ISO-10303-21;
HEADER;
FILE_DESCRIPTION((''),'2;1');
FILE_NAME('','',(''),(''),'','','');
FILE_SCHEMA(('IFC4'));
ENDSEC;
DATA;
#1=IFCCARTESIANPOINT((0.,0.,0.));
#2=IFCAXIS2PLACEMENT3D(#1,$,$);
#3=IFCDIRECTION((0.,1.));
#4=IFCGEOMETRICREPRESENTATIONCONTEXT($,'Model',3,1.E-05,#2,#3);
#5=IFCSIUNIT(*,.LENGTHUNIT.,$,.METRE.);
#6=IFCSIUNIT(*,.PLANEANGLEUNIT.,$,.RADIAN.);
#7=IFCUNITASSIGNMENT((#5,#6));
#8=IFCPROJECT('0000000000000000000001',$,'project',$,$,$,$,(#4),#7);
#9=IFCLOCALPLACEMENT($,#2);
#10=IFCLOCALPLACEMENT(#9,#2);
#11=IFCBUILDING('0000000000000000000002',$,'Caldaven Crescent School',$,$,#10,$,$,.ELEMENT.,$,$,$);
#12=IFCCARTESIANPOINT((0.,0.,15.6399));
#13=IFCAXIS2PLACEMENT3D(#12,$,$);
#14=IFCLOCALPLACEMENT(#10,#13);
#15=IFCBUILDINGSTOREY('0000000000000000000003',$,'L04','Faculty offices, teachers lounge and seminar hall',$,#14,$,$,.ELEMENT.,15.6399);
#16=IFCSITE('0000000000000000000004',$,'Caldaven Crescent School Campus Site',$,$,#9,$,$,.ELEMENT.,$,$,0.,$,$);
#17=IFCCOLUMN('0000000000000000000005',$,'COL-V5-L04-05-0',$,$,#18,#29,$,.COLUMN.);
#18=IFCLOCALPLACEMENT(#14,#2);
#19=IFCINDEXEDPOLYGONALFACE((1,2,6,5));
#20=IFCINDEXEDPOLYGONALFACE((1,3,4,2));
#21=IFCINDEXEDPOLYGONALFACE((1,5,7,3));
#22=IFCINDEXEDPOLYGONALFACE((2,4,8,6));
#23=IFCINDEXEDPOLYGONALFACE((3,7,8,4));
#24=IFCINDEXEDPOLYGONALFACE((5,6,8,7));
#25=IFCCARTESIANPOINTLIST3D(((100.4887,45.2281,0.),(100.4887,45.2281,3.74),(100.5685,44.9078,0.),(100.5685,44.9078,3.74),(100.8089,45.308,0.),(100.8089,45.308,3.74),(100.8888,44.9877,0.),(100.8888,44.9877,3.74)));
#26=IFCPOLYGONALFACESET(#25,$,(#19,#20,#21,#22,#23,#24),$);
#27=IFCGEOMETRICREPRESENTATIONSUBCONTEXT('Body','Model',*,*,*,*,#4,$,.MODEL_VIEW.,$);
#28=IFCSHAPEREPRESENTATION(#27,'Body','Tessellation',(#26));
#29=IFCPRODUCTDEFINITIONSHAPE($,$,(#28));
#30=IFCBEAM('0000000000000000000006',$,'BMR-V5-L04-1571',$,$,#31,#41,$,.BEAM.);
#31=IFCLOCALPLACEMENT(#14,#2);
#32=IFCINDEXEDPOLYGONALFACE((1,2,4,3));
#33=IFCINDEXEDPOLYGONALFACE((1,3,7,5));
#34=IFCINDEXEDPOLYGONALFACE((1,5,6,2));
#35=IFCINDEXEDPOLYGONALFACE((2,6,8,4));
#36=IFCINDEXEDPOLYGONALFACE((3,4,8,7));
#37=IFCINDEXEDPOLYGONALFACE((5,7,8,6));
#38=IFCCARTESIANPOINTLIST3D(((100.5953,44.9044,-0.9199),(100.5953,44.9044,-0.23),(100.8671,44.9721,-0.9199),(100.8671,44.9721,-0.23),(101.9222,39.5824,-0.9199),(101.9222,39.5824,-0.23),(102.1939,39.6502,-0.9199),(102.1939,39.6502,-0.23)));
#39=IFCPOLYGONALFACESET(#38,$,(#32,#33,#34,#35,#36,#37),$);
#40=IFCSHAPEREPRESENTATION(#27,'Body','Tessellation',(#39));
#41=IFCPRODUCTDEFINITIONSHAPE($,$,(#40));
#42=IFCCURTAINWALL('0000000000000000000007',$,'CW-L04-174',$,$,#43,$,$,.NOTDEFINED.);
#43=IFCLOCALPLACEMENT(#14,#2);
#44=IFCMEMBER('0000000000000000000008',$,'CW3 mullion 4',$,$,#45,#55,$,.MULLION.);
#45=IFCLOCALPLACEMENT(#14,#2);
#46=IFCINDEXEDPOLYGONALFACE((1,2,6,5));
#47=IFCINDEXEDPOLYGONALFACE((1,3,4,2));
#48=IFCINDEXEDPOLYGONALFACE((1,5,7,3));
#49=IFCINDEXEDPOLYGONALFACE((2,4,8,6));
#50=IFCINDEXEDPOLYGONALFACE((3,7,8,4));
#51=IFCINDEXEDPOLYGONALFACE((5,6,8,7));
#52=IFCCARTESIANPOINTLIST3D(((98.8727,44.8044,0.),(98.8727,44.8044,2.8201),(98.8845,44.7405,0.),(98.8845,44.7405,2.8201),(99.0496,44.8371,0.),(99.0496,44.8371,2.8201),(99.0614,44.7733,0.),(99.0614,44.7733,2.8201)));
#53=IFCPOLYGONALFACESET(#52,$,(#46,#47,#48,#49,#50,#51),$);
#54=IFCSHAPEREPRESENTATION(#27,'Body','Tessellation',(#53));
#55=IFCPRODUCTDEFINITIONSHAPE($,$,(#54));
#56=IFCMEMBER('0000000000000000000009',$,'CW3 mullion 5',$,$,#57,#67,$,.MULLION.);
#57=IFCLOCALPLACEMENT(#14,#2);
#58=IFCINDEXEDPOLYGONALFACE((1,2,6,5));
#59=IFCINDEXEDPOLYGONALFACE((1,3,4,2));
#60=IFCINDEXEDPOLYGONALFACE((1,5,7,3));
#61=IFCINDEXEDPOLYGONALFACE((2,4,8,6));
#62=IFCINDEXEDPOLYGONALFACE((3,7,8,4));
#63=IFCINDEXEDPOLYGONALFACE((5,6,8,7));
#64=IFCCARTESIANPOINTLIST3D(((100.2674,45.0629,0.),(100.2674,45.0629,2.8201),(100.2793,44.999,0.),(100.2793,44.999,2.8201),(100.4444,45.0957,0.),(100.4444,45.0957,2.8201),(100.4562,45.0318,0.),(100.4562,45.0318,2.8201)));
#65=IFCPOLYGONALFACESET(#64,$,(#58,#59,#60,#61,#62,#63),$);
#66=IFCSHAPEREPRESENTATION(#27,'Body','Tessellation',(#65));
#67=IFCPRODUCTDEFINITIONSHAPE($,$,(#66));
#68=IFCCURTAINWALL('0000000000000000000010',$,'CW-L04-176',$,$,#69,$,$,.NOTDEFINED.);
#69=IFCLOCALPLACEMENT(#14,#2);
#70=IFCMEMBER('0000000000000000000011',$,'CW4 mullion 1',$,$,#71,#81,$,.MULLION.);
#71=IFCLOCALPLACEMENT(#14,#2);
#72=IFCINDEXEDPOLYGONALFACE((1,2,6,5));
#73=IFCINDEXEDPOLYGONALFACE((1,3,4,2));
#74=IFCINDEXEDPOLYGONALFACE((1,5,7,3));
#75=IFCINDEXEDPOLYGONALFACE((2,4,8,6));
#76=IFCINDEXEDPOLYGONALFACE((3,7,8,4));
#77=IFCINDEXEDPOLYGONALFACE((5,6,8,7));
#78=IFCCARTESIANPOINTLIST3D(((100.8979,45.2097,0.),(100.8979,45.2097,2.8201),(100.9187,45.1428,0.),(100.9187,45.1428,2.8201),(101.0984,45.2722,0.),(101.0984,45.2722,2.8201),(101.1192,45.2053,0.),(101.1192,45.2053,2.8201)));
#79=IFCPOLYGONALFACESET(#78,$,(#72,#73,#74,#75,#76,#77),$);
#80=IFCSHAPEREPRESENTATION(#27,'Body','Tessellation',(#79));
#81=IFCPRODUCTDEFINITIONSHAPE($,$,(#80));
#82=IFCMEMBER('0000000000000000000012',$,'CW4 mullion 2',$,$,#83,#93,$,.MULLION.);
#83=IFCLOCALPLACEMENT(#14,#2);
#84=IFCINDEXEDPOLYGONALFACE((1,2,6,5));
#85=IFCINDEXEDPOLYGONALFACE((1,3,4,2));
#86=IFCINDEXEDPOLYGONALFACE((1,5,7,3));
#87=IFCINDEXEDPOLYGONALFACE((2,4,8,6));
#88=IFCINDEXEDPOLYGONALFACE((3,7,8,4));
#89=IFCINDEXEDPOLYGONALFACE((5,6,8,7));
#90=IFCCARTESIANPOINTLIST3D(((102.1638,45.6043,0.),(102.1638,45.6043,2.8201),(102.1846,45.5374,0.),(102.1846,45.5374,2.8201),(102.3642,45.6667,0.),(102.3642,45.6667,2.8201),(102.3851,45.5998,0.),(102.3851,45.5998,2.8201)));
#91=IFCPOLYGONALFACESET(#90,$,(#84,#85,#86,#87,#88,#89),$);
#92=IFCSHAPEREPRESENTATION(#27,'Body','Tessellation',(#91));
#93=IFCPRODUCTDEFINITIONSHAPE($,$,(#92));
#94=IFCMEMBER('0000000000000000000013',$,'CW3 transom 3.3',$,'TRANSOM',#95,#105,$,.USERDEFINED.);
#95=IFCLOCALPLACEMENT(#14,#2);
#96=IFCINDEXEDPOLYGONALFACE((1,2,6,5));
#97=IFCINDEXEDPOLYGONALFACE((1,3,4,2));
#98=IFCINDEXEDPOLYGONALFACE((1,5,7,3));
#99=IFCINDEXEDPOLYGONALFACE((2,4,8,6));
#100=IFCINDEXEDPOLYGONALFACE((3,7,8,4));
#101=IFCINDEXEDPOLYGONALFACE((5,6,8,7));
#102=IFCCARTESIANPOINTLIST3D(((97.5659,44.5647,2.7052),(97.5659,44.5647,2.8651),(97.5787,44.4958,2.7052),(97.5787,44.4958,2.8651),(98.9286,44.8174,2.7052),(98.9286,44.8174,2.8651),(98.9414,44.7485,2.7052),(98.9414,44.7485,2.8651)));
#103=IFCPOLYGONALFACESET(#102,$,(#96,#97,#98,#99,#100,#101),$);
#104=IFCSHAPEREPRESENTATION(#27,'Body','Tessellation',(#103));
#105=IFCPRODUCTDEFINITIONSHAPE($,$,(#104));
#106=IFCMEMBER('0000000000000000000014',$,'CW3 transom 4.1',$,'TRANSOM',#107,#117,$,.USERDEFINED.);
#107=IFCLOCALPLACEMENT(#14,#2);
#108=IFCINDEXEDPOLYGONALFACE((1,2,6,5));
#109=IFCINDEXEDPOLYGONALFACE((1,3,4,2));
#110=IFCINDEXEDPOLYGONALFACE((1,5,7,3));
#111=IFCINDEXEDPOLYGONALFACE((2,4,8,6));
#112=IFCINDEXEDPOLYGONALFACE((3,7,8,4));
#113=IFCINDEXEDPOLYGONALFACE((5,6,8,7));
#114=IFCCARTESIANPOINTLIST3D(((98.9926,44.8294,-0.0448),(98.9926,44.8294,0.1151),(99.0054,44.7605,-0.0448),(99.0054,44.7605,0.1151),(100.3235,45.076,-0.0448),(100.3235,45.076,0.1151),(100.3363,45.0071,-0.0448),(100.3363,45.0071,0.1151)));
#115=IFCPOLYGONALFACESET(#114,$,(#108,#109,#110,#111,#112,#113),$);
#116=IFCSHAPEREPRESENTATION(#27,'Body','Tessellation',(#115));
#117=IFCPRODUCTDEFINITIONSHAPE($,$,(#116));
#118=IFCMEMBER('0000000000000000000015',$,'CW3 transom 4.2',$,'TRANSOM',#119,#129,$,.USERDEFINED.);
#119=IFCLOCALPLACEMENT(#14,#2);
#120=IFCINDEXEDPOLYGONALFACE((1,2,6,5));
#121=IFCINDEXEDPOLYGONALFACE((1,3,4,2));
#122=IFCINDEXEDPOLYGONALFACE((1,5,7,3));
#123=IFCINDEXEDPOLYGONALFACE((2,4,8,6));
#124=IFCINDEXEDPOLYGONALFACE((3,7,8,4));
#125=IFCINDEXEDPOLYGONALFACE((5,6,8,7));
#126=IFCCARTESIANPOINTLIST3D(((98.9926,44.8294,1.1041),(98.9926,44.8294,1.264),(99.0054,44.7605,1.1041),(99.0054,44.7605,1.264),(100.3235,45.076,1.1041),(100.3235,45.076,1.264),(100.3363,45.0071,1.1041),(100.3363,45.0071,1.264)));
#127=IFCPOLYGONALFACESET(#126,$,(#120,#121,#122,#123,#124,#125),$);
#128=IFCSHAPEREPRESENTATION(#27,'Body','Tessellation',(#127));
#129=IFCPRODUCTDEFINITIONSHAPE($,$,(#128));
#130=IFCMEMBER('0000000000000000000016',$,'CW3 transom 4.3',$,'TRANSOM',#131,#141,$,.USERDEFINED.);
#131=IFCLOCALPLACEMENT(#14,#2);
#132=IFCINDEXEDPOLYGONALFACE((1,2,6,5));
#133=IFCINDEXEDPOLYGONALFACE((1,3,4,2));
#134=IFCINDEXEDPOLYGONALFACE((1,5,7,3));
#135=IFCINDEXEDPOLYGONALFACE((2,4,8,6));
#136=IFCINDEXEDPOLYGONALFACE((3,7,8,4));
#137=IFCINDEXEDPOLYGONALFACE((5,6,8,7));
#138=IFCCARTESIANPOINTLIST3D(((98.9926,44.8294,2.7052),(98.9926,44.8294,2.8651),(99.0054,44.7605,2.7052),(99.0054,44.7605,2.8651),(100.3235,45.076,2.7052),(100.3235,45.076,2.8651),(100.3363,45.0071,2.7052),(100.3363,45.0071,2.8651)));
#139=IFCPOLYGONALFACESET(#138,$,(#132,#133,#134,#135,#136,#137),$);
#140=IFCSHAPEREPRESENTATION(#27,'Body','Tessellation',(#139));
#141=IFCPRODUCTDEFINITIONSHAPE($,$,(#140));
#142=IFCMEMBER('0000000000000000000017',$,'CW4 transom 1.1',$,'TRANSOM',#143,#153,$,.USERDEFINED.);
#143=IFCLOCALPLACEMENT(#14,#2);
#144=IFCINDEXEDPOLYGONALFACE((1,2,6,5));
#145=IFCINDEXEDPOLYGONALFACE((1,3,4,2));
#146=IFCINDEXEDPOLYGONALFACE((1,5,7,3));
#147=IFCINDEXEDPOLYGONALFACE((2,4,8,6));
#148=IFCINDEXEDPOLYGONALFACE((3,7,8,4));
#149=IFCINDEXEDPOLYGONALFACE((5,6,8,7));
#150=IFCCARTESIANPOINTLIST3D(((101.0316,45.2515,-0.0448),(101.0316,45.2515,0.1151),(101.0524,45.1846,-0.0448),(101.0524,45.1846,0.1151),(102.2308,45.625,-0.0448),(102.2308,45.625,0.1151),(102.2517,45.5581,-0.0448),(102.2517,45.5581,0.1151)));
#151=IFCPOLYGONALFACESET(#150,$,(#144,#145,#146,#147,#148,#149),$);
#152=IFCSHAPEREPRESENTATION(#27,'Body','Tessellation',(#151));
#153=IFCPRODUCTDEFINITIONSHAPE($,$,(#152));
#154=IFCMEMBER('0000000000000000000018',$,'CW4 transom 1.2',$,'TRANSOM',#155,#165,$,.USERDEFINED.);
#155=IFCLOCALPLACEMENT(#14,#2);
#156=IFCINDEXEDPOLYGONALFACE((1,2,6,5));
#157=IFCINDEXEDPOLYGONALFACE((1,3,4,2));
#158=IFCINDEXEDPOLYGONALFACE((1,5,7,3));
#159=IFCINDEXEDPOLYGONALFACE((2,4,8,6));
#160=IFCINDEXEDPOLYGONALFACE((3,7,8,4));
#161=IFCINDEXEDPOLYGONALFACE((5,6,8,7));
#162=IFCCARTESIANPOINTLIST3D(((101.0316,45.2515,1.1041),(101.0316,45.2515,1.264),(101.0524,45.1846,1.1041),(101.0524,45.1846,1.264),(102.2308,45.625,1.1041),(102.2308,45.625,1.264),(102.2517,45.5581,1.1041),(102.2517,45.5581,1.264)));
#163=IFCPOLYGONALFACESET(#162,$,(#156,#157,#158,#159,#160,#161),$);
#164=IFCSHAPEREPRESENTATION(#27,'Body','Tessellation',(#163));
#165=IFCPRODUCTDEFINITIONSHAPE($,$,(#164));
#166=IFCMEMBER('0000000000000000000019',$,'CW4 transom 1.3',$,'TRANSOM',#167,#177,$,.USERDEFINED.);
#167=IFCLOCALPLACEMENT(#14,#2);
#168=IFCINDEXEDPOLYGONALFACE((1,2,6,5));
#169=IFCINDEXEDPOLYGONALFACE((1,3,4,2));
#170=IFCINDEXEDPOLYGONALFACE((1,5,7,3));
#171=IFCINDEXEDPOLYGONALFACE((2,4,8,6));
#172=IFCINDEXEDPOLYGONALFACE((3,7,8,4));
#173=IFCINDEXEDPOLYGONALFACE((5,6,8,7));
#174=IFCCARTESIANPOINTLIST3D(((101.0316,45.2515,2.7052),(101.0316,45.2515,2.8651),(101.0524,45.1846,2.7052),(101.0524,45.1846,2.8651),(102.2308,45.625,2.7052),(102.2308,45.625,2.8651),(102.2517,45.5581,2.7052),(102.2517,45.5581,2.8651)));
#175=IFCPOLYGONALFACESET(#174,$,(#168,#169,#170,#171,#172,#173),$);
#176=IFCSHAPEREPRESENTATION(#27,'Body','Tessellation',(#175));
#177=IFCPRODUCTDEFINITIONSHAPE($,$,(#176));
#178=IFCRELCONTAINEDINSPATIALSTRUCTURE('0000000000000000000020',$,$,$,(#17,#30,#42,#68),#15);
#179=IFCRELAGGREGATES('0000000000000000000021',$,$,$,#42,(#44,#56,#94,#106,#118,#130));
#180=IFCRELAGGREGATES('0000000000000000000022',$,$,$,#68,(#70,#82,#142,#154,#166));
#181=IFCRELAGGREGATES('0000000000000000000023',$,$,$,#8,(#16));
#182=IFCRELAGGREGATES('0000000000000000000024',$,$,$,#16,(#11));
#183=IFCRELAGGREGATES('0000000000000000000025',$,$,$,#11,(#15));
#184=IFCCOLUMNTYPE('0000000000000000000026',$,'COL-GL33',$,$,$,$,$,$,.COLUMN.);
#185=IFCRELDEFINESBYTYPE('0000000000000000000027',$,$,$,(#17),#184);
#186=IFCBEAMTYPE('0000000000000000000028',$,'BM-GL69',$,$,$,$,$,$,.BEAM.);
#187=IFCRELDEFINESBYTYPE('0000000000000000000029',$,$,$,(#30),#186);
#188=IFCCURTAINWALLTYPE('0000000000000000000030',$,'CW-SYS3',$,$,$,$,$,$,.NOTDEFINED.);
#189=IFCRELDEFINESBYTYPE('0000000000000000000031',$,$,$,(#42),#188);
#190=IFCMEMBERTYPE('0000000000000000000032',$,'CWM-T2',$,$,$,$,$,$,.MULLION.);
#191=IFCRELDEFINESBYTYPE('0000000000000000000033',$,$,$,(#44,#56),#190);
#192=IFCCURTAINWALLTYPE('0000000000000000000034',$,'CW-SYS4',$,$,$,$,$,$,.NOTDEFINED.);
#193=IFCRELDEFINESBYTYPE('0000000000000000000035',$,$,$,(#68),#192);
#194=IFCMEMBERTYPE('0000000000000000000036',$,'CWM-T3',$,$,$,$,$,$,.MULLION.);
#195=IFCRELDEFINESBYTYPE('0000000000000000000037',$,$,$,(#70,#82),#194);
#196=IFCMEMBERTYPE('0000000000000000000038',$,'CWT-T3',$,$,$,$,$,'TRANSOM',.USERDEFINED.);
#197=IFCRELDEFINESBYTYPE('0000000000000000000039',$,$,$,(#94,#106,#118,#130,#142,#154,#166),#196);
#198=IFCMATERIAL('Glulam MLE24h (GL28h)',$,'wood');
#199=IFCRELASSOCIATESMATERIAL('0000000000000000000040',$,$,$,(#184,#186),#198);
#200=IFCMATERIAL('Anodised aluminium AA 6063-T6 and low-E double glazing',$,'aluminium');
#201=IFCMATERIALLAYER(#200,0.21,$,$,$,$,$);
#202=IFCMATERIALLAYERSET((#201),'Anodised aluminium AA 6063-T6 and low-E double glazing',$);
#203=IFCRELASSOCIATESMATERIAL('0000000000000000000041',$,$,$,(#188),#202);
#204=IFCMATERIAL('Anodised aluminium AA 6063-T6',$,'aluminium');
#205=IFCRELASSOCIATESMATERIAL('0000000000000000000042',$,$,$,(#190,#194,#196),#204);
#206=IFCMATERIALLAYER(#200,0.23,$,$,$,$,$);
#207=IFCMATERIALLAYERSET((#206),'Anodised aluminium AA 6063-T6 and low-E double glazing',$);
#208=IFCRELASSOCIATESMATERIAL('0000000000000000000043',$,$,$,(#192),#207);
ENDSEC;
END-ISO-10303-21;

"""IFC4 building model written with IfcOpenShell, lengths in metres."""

from ifc_helpers import new_model, si_unit, direction, frame, origin, origin_2d, place, context, subcontext, project, spatial, rectangle, extrude, material, layer, layer_set, material_profile, profile_set, type_object, element, aggregate, save


model = new_model("IFC4")

# Units and contexts
model_context = context("Model", 3, precision=1e-05, world=origin(), true_north=direction((0.0, 1.0)))
body_context = subcontext(model_context, "Body", "Model", "MODEL_VIEW")
ifc_project = project(units=[si_unit("LENGTHUNIT", "METRE"), si_unit("PLANEANGLEUNIT", "RADIAN")], contexts=[model_context])

# Site, building, storey
site_placement = place(None, origin())
site = spatial("IfcSite", under=ifc_project, at=site_placement, Name="Caldaven Crescent School Campus Site", CompositionType="ELEMENT", RefElevation=0.0)
building_placement = place(site_placement, origin())
building = spatial("IfcBuilding", under=site, at=building_placement, Name="Caldaven Crescent School", CompositionType="ELEMENT")
storey_placement = place(building_placement, frame((0.0, 0.0, 15.6399)))
storey = spatial("IfcBuildingStorey", under=building, at=storey_placement, Name="L04", Description="Faculty offices, teachers lounge and seminar hall", CompositionType="ELEMENT", Elevation=15.6399)

# Column
ifc_material_1 = material(Name="Glulam MLE24h (GL28h)", Category="wood")
ifc_material_profile_1 = material_profile(ifc_material_1, rectangle(XDim=0.3301, YDim=0.3301, at=origin_2d()), Name="MLE 330x330")
ifc_profile_set_1 = profile_set([ifc_material_profile_1], Name="Glulam MLE24h (GL28h)")
column_type = type_object("IfcColumnType", Name="COL-GL33", PredefinedType="COLUMN", material=ifc_profile_set_1)
column_placement = place(storey_placement, frame((100.6887, 45.1079, 0.0), z_axis=(0.0, 0.0, 1.0), x_axis=(0.241922, -0.970296, 0.0)))
element("IfcColumn", 1, at=column_placement, inside=storey, type_object=column_type, Name="COL-V5-L04-05-0", PredefinedType="COLUMN", context=body_context, shape_type="SweptSolid", body=[
    extrude(rectangle(XDim=0.3301, YDim=0.3301, at=origin_2d()), origin(), (0.0, 0.0, 1.0), 3.74),
])

# Beam
ifc_material_profile_2 = material_profile(ifc_material_1, rectangle(XDim=0.28, YDim=0.6899, at=origin_2d()), Name="MLE 280x690")
ifc_profile_set_2 = profile_set([ifc_material_profile_2], Name="Glulam MLE24h (GL28h)")
beam_type_1 = type_object("IfcBeamType", Name="BM-GL69", PredefinedType="BEAM", material=ifc_profile_set_2)
beam_1_placement = place(storey_placement, frame((100.7312, 44.9382, -0.575), z_axis=(0.241918, -0.970297, 0.0), x_axis=(0.970297, 0.241918, 0.0)))
element("IfcBeam", 2, at=beam_1_placement, inside=storey, type_object=beam_type_1, Name="BMR-V5-L04-1571", PredefinedType="BEAM", context=body_context, shape_type="SweptSolid", body=[
    extrude(rectangle(XDim=0.28, YDim=0.6899, at=origin_2d()), origin(), (0.0, 0.0, 1.0), 5.4849),
])

# Curtain walls, members
ifc_material_2 = material(Name="Anodised aluminium AA 6063-T6 and low-E double glazing", Category="aluminium")
ifc_layer_1 = layer(ifc_material_2, 0.21)
ifc_layer_set_1 = layer_set([ifc_layer_1], Name="Anodised aluminium AA 6063-T6 and low-E double glazing")
curtain_wall_type_1 = type_object("IfcCurtainWallType", Name="CW-SYS3", PredefinedType="NOTDEFINED", material=ifc_layer_set_1)
curtain_wall_1_placement = place(storey_placement, origin())
curtain_wall_1 = element("IfcCurtainWall", 3, at=curtain_wall_1_placement, inside=storey, type_object=curtain_wall_type_1, Name="CW-L04-174", PredefinedType="NOTDEFINED")
ifc_material_3 = material(Name="Anodised aluminium AA 6063-T6", Category="aluminium")
ifc_material_profile_3 = material_profile(ifc_material_3, rectangle(XDim=0.0649, YDim=0.1799, at=origin_2d()), Name="CWM 65x180")
ifc_profile_set_3 = profile_set([ifc_material_profile_3], Name="Anodised aluminium AA 6063-T6")
member_type_1 = type_object("IfcMemberType", Name="CWM-T2", PredefinedType="MULLION", material=ifc_profile_set_3)
member_1_placement = place(storey_placement, frame((98.967, 44.7888, 0.0), z_axis=(0.0, 0.0, 1.0), x_axis=(-0.182236, 0.983255, 0.0)))
member_1 = element("IfcMember", 4, at=member_1_placement, type_object=member_type_1, Name="CW3 mullion 4", PredefinedType="MULLION", context=body_context, shape_type="SweptSolid", body=[
    extrude(rectangle(XDim=0.0649, YDim=0.1799, at=origin_2d()), origin(), (0.0, 0.0, 1.0), 2.8201),
])
member_2_placement = place(storey_placement, frame((100.3618, 45.0474, 0.0), z_axis=(0.0, 0.0, 1.0), x_axis=(-0.182236, 0.983255, 0.0)))
member_2 = element("IfcMember", 5, at=member_2_placement, type_object=member_type_1, Name="CW3 mullion 5", PredefinedType="MULLION", context=body_context, shape_type="SweptSolid", body=[
    extrude(rectangle(XDim=0.0649, YDim=0.1799, at=origin_2d()), origin(), (0.0, 0.0, 1.0), 2.8201),
])
ifc_layer_2 = layer(ifc_material_2, 0.23)
ifc_layer_set_2 = layer_set([ifc_layer_2], Name="Anodised aluminium AA 6063-T6 and low-E double glazing")
curtain_wall_type_2 = type_object("IfcCurtainWallType", Name="CW-SYS4", PredefinedType="NOTDEFINED", material=ifc_layer_set_2)
curtain_wall_2_placement = place(storey_placement, origin())
curtain_wall_2 = element("IfcCurtainWall", 6, at=curtain_wall_2_placement, inside=storey, type_object=curtain_wall_type_2, Name="CW-L04-176", PredefinedType="NOTDEFINED")
ifc_material_profile_4 = material_profile(ifc_material_3, rectangle(XDim=0.0701, YDim=0.21, at=origin_2d()), Name="CWM 70x210")
ifc_profile_set_4 = profile_set([ifc_material_profile_4], Name="Anodised aluminium AA 6063-T6")
member_type_2 = type_object("IfcMemberType", Name="CWM-T3", PredefinedType="MULLION", material=ifc_profile_set_4)
member_3_placement = place(storey_placement, frame((101.0085, 45.2075, 0.0), z_axis=(0.0, 0.0, 1.0), x_axis=(-0.29742, 0.954747, 0.0)))
member_3 = element("IfcMember", 7, at=member_3_placement, type_object=member_type_2, Name="CW4 mullion 1", PredefinedType="MULLION", context=body_context, shape_type="SweptSolid", body=[
    extrude(rectangle(XDim=0.0701, YDim=0.21, at=origin_2d()), origin(), (0.0, 0.0, 1.0), 2.8201),
])
member_4_placement = place(storey_placement, frame((102.2744, 45.6021, 0.0), z_axis=(0.0, 0.0, 1.0), x_axis=(-0.29742, 0.954747, 0.0)))
member_4 = element("IfcMember", 8, at=member_4_placement, type_object=member_type_2, Name="CW4 mullion 2", PredefinedType="MULLION", context=body_context, shape_type="SweptSolid", body=[
    extrude(rectangle(XDim=0.0701, YDim=0.21, at=origin_2d()), origin(), (0.0, 0.0, 1.0), 2.8201),
])

# Members
ifc_material_profile_5 = material_profile(ifc_material_3, rectangle(XDim=0.0701, YDim=0.1599, at=origin_2d()), Name="CWT 70x160")
ifc_profile_set_5 = profile_set([ifc_material_profile_5], Name="Anodised aluminium AA 6063-T6")
member_type_3 = type_object("IfcMemberType", Name="CWT-T3", ElementType="TRANSOM", PredefinedType="USERDEFINED", material=ifc_profile_set_5)
member_5_placement = place(storey_placement, frame((97.5723, 44.5303, 2.7852), z_axis=(0.983241, 0.18231, 0.0), x_axis=(-0.18231, 0.983241, 0.0)))
member_5 = element("IfcMember", 9, at=member_5_placement, type_object=member_type_3, Name="CW3 transom 3.3", ObjectType="TRANSOM", PredefinedType="USERDEFINED", context=body_context, shape_type="SweptSolid", body=[
    extrude(rectangle(XDim=0.0701, YDim=0.1599, at=origin_2d()), origin(), (0.0, 0.0, 1.0), 1.386),
])
member_6_placement = place(storey_placement, frame((98.999, 44.7949, 0.0352), z_axis=(0.983264, 0.182186, 0.0), x_axis=(-0.182186, 0.983264, 0.0)))
member_6 = element("IfcMember", 10, at=member_6_placement, type_object=member_type_3, Name="CW3 transom 4.1", ObjectType="TRANSOM", PredefinedType="USERDEFINED", context=body_context, shape_type="SweptSolid", body=[
    extrude(rectangle(XDim=0.0701, YDim=0.1599, at=origin_2d()), origin(), (0.0, 0.0, 1.0), 1.3535),
])
member_7_placement = place(storey_placement, frame((98.999, 44.7949, 1.1841), z_axis=(0.983264, 0.182186, 0.0), x_axis=(-0.182186, 0.983264, 0.0)))
member_7 = element("IfcMember", 11, at=member_7_placement, type_object=member_type_3, Name="CW3 transom 4.2", ObjectType="TRANSOM", PredefinedType="USERDEFINED", context=body_context, shape_type="SweptSolid", body=[
    extrude(rectangle(XDim=0.0701, YDim=0.1599, at=origin_2d()), origin(), (0.0, 0.0, 1.0), 1.3535),
])
member_8_placement = place(storey_placement, frame((98.999, 44.7949, 2.7852), z_axis=(0.983264, 0.182186, 0.0), x_axis=(-0.182186, 0.983264, 0.0)))
member_8 = element("IfcMember", 12, at=member_8_placement, type_object=member_type_3, Name="CW3 transom 4.3", ObjectType="TRANSOM", PredefinedType="USERDEFINED", context=body_context, shape_type="SweptSolid", body=[
    extrude(rectangle(XDim=0.0701, YDim=0.1599, at=origin_2d()), origin(), (0.0, 0.0, 1.0), 1.3535),
])
member_9_placement = place(storey_placement, frame((101.042, 45.218, 0.0352), z_axis=(0.954756, 0.297389, 0.0), x_axis=(-0.297389, 0.954756, 0.0)))
member_9 = element("IfcMember", 13, at=member_9_placement, type_object=member_type_3, Name="CW4 transom 1.1", ObjectType="TRANSOM", PredefinedType="USERDEFINED", context=body_context, shape_type="SweptSolid", body=[
    extrude(rectangle(XDim=0.0701, YDim=0.1599, at=origin_2d()), origin(), (0.0, 0.0, 1.0), 1.2561),
])
member_10_placement = place(storey_placement, frame((101.042, 45.218, 1.1841), z_axis=(0.954756, 0.297389, 0.0), x_axis=(-0.297389, 0.954756, 0.0)))
member_10 = element("IfcMember", 14, at=member_10_placement, type_object=member_type_3, Name="CW4 transom 1.2", ObjectType="TRANSOM", PredefinedType="USERDEFINED", context=body_context, shape_type="SweptSolid", body=[
    extrude(rectangle(XDim=0.0701, YDim=0.1599, at=origin_2d()), origin(), (0.0, 0.0, 1.0), 1.2561),
])
member_11_placement = place(storey_placement, frame((101.042, 45.218, 2.7852), z_axis=(0.954756, 0.297389, 0.0), x_axis=(-0.297389, 0.954756, 0.0)))
member_11 = element("IfcMember", 15, at=member_11_placement, type_object=member_type_3, Name="CW4 transom 1.3", ObjectType="TRANSOM", PredefinedType="USERDEFINED", context=body_context, shape_type="SweptSolid", body=[
    extrude(rectangle(XDim=0.0701, YDim=0.1599, at=origin_2d()), origin(), (0.0, 0.0, 1.0), 1.2561),
])

aggregate(curtain_wall_1, [member_1, member_2, member_5, member_6, member_7, member_8])
aggregate(curtain_wall_2, [member_3, member_4, member_9, member_10, member_11])

save(model, "model.ifc")
